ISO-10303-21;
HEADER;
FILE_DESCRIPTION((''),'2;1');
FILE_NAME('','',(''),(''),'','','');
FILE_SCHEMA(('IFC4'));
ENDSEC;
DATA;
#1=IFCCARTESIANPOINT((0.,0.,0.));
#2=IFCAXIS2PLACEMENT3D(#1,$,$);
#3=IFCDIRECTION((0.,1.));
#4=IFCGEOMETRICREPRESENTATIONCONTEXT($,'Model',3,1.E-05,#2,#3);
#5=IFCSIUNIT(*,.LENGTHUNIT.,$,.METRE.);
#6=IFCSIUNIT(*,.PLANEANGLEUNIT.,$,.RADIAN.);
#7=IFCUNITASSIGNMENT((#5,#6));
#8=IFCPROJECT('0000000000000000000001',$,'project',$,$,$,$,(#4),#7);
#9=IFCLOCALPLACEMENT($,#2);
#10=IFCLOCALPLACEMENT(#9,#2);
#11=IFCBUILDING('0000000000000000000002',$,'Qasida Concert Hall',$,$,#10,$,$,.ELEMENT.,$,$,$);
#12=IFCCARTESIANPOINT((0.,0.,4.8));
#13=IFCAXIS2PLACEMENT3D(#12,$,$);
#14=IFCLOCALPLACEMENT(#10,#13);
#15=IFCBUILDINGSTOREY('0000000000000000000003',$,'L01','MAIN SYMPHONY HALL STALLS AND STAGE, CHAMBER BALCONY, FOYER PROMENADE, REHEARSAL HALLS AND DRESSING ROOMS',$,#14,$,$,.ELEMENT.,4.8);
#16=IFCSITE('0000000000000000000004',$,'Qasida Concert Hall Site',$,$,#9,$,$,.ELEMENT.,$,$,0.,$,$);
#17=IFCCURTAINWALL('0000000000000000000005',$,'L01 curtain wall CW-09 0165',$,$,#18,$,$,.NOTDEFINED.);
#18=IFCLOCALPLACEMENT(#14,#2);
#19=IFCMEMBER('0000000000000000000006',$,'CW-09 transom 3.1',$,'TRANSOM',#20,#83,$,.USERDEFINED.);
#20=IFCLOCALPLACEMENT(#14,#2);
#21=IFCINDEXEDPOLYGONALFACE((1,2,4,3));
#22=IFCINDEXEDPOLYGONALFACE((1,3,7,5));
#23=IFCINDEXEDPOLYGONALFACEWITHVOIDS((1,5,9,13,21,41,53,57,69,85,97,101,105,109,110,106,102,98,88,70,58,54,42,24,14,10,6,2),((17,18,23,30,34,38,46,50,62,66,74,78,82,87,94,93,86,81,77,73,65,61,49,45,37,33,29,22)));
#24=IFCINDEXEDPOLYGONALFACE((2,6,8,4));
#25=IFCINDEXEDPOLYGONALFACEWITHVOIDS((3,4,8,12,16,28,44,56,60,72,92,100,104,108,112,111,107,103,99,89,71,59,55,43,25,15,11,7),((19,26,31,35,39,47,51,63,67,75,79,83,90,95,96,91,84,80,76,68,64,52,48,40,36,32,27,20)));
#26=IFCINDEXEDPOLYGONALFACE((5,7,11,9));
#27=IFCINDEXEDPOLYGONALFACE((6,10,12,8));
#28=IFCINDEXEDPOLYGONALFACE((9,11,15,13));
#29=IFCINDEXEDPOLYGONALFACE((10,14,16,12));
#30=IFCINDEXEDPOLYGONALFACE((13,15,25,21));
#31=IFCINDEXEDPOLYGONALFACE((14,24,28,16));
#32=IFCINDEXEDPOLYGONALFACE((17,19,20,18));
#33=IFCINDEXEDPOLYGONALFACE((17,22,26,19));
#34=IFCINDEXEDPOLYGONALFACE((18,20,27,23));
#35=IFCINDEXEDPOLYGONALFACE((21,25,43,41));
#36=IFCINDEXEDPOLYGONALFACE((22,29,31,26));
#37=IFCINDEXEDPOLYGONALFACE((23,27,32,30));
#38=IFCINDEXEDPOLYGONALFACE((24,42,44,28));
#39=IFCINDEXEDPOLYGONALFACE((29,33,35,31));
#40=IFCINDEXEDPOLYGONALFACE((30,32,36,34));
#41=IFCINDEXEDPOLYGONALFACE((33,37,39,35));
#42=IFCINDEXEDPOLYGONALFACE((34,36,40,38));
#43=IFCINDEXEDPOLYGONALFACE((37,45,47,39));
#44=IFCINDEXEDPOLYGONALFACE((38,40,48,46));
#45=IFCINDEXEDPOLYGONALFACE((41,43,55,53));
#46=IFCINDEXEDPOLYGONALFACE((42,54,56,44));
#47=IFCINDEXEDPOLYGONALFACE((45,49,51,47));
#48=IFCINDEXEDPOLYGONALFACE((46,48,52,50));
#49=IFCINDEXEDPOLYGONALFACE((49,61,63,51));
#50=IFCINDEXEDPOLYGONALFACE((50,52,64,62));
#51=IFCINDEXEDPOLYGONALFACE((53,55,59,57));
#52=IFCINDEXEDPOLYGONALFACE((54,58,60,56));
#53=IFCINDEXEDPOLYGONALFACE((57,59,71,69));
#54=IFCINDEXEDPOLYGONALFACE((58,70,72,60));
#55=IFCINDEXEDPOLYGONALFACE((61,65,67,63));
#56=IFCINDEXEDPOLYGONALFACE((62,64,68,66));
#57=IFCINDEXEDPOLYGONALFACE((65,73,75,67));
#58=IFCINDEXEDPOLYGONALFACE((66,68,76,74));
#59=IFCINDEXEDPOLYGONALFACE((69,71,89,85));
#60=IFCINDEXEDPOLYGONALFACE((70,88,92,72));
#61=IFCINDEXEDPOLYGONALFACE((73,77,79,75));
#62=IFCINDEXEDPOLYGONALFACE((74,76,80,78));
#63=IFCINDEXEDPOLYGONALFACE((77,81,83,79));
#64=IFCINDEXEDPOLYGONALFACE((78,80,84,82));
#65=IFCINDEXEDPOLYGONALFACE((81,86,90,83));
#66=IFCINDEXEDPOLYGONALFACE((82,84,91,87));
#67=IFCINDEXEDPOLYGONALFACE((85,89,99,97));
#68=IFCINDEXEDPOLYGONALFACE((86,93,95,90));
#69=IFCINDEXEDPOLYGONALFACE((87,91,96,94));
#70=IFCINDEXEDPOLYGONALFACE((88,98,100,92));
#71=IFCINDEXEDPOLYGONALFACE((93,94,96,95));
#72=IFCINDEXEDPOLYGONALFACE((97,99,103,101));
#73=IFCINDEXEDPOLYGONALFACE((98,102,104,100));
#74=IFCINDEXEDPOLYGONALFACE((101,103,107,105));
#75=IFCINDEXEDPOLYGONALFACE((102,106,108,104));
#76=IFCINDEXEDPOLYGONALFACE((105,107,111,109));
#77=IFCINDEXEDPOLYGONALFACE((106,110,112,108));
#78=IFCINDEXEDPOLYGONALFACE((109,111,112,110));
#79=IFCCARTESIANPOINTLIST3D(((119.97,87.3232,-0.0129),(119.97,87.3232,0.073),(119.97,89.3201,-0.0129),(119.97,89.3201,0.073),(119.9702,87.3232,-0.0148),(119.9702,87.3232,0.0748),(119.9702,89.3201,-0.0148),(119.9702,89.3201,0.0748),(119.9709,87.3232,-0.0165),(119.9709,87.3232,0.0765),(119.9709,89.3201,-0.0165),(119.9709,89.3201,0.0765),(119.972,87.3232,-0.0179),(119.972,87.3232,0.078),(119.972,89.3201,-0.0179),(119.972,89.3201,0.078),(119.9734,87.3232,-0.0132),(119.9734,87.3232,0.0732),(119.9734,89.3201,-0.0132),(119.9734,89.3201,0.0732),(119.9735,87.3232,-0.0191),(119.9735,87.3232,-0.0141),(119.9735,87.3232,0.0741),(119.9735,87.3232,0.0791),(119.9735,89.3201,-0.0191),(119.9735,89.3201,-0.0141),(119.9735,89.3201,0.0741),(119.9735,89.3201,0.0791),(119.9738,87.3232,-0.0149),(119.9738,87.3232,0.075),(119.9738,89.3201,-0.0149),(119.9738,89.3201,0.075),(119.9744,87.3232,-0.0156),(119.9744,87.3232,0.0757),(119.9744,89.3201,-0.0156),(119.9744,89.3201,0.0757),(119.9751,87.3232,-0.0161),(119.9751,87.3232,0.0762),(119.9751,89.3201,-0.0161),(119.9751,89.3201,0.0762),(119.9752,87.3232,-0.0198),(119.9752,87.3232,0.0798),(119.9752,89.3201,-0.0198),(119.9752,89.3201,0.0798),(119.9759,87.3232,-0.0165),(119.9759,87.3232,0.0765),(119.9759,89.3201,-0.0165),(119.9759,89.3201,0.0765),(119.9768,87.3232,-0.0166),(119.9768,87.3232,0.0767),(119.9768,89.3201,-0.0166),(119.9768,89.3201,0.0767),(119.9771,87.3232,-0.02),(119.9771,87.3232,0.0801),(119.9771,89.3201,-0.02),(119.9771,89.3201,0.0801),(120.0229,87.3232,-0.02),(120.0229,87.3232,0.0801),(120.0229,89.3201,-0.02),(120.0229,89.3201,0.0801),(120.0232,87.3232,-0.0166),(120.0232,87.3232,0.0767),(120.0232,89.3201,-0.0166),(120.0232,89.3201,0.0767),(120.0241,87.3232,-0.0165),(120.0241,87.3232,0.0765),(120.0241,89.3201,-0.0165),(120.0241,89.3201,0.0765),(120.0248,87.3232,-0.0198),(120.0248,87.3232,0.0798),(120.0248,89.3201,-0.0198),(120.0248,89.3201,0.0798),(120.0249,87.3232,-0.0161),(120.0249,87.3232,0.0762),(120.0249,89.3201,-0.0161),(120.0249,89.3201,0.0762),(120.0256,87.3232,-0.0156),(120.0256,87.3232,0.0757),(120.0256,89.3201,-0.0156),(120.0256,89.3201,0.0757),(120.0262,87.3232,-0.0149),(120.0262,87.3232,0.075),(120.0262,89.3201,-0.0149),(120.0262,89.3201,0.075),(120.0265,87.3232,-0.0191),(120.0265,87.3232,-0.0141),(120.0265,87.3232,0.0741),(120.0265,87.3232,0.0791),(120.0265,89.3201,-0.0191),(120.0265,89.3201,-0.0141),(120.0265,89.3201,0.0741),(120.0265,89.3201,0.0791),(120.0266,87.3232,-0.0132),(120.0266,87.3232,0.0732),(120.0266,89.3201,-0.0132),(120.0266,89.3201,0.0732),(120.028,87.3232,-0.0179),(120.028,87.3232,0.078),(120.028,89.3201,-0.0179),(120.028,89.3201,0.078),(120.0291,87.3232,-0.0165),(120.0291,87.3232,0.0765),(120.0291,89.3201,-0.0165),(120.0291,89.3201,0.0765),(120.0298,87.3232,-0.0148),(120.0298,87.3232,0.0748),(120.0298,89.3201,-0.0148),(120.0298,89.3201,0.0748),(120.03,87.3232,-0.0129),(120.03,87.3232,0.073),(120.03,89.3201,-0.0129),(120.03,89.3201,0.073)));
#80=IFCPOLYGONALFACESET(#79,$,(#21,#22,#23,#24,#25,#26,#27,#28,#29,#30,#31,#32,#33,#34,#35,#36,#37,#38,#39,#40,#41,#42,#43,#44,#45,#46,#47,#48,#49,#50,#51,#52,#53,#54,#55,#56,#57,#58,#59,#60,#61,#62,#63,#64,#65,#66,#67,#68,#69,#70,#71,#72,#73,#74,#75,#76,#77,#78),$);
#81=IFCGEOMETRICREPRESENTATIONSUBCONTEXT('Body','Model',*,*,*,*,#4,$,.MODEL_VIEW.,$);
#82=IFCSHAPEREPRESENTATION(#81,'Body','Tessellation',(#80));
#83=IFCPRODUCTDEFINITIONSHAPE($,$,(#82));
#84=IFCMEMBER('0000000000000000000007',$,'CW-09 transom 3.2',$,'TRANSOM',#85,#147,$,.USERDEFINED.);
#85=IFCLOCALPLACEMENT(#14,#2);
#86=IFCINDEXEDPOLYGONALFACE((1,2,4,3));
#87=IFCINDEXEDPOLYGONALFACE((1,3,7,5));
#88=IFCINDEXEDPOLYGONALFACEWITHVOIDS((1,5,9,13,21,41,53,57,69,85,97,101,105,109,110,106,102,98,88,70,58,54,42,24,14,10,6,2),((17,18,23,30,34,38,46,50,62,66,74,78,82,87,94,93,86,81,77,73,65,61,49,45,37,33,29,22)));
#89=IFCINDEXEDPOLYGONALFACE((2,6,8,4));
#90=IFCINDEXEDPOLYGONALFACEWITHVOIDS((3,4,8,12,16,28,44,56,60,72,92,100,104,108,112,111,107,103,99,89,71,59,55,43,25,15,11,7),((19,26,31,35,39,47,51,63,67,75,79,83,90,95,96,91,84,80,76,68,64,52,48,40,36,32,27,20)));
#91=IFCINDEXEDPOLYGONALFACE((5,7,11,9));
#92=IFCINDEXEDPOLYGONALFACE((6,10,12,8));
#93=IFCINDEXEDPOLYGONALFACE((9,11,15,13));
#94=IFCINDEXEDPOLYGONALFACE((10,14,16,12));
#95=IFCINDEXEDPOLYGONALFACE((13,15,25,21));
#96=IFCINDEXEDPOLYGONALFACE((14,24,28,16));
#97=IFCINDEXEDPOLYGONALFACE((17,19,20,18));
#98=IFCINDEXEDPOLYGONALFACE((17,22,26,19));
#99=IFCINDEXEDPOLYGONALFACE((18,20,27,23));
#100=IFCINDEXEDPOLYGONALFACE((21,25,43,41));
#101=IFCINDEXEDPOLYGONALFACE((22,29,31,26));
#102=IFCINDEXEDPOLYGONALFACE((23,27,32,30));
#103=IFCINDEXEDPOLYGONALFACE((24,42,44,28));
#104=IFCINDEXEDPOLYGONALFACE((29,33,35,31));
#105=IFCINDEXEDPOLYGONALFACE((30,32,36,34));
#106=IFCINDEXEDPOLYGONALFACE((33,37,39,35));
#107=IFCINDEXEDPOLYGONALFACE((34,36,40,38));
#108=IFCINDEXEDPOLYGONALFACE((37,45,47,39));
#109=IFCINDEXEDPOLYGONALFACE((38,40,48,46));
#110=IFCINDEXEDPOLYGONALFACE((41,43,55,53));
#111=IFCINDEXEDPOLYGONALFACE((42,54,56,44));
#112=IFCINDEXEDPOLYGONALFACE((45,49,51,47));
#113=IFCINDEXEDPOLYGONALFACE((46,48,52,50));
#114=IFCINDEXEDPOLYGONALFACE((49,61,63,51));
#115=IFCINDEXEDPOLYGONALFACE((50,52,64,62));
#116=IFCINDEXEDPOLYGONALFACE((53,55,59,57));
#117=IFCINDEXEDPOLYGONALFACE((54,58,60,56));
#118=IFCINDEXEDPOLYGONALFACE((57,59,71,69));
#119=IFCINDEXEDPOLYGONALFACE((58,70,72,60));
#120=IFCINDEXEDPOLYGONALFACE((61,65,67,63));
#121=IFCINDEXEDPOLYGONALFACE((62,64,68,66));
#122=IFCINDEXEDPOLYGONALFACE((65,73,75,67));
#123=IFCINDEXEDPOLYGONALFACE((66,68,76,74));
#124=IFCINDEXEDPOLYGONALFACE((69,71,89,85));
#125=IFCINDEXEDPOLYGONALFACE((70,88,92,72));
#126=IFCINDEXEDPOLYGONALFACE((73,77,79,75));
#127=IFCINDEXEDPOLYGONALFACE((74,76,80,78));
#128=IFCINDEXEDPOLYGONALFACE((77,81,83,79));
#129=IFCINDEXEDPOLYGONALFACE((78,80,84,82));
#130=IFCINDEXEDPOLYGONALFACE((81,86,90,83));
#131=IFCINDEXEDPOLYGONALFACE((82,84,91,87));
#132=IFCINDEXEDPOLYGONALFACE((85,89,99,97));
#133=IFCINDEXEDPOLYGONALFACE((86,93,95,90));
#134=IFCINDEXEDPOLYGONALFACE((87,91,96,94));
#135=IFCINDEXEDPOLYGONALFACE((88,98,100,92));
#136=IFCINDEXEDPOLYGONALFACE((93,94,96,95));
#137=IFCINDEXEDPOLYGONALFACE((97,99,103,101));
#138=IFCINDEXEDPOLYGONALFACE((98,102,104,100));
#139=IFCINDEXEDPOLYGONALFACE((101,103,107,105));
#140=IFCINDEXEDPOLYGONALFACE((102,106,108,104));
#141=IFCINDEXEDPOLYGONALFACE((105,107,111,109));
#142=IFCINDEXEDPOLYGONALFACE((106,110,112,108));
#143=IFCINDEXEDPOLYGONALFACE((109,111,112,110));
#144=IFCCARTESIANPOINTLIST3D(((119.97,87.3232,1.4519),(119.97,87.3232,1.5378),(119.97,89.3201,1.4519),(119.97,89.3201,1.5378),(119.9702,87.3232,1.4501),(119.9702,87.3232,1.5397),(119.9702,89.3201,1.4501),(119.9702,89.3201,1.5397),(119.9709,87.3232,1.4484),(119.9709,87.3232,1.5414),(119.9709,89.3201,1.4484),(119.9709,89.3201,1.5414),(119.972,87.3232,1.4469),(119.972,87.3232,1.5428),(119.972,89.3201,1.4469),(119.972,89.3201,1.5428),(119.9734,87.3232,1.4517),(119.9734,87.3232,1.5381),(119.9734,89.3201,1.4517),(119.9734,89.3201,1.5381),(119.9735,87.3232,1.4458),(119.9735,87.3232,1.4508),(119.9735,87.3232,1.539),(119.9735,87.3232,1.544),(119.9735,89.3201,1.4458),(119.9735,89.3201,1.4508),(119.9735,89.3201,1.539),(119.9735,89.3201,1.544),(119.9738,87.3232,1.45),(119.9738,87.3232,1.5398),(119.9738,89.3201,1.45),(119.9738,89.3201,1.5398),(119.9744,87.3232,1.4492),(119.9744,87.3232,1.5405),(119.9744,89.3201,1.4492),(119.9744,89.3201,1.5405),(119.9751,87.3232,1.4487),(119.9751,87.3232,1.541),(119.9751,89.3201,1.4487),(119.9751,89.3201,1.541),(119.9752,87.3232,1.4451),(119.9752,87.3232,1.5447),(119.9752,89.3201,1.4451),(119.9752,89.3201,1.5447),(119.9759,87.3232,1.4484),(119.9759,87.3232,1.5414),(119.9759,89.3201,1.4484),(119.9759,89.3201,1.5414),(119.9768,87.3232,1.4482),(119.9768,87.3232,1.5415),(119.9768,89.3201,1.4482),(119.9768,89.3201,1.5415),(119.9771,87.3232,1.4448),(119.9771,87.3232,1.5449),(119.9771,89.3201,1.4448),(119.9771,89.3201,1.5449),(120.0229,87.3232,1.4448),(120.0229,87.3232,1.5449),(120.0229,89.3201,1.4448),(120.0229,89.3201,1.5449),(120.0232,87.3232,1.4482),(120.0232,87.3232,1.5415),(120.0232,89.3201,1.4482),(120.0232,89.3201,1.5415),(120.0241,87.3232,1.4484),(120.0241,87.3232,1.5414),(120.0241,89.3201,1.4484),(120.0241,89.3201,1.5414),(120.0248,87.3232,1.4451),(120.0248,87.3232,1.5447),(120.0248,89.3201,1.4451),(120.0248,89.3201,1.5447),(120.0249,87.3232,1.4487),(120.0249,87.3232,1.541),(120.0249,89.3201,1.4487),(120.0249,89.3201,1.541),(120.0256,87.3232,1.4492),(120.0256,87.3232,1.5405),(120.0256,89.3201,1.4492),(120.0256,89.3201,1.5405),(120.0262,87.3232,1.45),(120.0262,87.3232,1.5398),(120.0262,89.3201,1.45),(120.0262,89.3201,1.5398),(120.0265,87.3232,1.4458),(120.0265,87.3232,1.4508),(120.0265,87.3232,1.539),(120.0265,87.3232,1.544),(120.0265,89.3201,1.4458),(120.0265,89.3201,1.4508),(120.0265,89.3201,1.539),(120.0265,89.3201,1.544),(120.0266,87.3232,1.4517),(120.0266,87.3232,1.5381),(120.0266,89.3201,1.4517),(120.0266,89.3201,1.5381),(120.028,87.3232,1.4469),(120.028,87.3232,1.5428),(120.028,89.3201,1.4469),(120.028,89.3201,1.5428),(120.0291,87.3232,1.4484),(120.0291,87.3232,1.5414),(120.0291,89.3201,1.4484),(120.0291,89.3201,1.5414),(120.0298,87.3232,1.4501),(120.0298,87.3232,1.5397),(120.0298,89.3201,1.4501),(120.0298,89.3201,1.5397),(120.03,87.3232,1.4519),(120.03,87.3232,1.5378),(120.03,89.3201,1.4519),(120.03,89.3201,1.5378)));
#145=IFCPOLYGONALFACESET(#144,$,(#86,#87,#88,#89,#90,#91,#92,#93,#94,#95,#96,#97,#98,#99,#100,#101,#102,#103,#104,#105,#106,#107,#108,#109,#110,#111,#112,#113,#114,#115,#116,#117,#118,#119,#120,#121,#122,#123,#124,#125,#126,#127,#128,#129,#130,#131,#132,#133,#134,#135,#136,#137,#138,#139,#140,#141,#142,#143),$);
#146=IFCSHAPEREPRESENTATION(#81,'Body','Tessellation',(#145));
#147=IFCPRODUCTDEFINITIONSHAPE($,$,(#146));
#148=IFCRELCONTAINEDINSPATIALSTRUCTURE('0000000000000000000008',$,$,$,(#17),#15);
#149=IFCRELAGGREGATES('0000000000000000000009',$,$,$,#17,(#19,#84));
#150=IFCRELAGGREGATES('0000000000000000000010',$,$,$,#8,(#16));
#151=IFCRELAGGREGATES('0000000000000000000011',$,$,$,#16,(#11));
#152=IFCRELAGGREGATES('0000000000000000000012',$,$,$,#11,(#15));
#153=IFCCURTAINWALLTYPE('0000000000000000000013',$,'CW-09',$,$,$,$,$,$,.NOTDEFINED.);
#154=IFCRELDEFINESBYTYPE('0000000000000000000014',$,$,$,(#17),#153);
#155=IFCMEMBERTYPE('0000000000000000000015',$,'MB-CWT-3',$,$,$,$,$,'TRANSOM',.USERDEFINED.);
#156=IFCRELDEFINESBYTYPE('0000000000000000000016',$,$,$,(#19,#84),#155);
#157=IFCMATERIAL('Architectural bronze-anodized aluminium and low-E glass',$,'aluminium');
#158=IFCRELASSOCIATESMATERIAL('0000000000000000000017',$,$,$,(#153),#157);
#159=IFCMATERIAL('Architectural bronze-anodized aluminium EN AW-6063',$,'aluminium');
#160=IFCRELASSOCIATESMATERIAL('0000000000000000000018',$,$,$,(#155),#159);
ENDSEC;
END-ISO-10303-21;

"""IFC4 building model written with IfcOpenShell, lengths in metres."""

from ifc_helpers import new_model, si_unit, direction, frame, origin, origin_2d, place, context, subcontext, project, spatial, hollow_rectangle, extrude, material, material_profile, profile_set, type_object, element, aggregate, save


model = new_model("IFC4")

# Units and contexts
model_context = context("Model", 3, precision=1e-05, world=origin(), true_north=direction((0.0, 1.0)))
body_context = subcontext(model_context, "Body", "Model", "MODEL_VIEW")
ifc_project = project(units=[si_unit("LENGTHUNIT", "METRE"), si_unit("PLANEANGLEUNIT", "RADIAN")], contexts=[model_context])

# Site, building, storey
site_placement = place(None, origin())
site = spatial("IfcSite", under=ifc_project, at=site_placement, Name="Qasida Concert Hall Site", CompositionType="ELEMENT", RefElevation=0.0)
building_placement = place(site_placement, origin())
building = spatial("IfcBuilding", under=site, at=building_placement, Name="Qasida Concert Hall", CompositionType="ELEMENT")
storey_placement = place(building_placement, frame((0.0, 0.0, 4.8)))
storey = spatial("IfcBuildingStorey", under=building, at=storey_placement, Name="L01", Description="MAIN SYMPHONY HALL STALLS AND STAGE, CHAMBER BALCONY, FOYER PROMENADE, REHEARSAL HALLS AND DRESSING ROOMS", CompositionType="ELEMENT", Elevation=4.8)

# Curtain wall
ifc_material_1 = material(Name="Architectural bronze-anodized aluminium and low-E glass", Category="aluminium")
curtain_wall_type = type_object("IfcCurtainWallType", Name="CW-09", PredefinedType="NOTDEFINED", material=ifc_material_1)
curtain_wall_1_placement = place(storey_placement, origin())
curtain_wall_1 = element("IfcCurtainWall", 1, at=curtain_wall_1_placement, inside=storey, type_object=curtain_wall_type, Name="L01 curtain wall CW-09 0165", PredefinedType="NOTDEFINED")
ifc_material_2 = material(Name="Architectural bronze-anodized aluminium EN AW-6063", Category="aluminium")

# Members
ifc_material_profile_1 = material_profile(ifc_material_2, hollow_rectangle(XDim=0.0601, YDim=0.1001, WallThickness=0.0034, InnerFilletRadius=0.0034, OuterFilletRadius=0.0071, at=origin_2d()), Name="CWT 100x60x3.5")
ifc_profile_set_1 = profile_set([ifc_material_profile_1], Name="Architectural bronze-anodized aluminium EN AW-6063")
member_type_1 = type_object("IfcMemberType", Name="MB-CWT-3", ElementType="TRANSOM", PredefinedType="USERDEFINED", material=ifc_profile_set_1)
member_1_placement = place(storey_placement, frame((120.0, 87.3232, 0.03), z_axis=(0.0, 1.0, 0.0), x_axis=(-1.0, 0.0, 0.0)))
member_1 = element("IfcMember", 2, at=member_1_placement, type_object=member_type_1, Name="CW-09 transom 3.1", ObjectType="TRANSOM", PredefinedType="USERDEFINED", context=body_context, shape_type="SweptSolid", body=[
    extrude(hollow_rectangle(XDim=0.0601, YDim=0.1001, WallThickness=0.0034, InnerFilletRadius=0.0034, OuterFilletRadius=0.0071, at=origin_2d()), origin(), (0.0, 0.0, 1.0), 1.9968),
])
member_2_placement = place(storey_placement, frame((120.0, 87.3232, 1.4949), z_axis=(0.0, 1.0, 0.0), x_axis=(-1.0, 0.0, 0.0)))
member_2 = element("IfcMember", 3, at=member_2_placement, type_object=member_type_1, Name="CW-09 transom 3.2", ObjectType="TRANSOM", PredefinedType="USERDEFINED", context=body_context, shape_type="SweptSolid", body=[
    extrude(hollow_rectangle(XDim=0.0601, YDim=0.1001, WallThickness=0.0034, InnerFilletRadius=0.0034, OuterFilletRadius=0.0071, at=origin_2d()), origin(), (0.0, 0.0, 1.0), 1.9968),
])

aggregate(curtain_wall_1, [member_1, member_2])

save(model, "model.ifc")
